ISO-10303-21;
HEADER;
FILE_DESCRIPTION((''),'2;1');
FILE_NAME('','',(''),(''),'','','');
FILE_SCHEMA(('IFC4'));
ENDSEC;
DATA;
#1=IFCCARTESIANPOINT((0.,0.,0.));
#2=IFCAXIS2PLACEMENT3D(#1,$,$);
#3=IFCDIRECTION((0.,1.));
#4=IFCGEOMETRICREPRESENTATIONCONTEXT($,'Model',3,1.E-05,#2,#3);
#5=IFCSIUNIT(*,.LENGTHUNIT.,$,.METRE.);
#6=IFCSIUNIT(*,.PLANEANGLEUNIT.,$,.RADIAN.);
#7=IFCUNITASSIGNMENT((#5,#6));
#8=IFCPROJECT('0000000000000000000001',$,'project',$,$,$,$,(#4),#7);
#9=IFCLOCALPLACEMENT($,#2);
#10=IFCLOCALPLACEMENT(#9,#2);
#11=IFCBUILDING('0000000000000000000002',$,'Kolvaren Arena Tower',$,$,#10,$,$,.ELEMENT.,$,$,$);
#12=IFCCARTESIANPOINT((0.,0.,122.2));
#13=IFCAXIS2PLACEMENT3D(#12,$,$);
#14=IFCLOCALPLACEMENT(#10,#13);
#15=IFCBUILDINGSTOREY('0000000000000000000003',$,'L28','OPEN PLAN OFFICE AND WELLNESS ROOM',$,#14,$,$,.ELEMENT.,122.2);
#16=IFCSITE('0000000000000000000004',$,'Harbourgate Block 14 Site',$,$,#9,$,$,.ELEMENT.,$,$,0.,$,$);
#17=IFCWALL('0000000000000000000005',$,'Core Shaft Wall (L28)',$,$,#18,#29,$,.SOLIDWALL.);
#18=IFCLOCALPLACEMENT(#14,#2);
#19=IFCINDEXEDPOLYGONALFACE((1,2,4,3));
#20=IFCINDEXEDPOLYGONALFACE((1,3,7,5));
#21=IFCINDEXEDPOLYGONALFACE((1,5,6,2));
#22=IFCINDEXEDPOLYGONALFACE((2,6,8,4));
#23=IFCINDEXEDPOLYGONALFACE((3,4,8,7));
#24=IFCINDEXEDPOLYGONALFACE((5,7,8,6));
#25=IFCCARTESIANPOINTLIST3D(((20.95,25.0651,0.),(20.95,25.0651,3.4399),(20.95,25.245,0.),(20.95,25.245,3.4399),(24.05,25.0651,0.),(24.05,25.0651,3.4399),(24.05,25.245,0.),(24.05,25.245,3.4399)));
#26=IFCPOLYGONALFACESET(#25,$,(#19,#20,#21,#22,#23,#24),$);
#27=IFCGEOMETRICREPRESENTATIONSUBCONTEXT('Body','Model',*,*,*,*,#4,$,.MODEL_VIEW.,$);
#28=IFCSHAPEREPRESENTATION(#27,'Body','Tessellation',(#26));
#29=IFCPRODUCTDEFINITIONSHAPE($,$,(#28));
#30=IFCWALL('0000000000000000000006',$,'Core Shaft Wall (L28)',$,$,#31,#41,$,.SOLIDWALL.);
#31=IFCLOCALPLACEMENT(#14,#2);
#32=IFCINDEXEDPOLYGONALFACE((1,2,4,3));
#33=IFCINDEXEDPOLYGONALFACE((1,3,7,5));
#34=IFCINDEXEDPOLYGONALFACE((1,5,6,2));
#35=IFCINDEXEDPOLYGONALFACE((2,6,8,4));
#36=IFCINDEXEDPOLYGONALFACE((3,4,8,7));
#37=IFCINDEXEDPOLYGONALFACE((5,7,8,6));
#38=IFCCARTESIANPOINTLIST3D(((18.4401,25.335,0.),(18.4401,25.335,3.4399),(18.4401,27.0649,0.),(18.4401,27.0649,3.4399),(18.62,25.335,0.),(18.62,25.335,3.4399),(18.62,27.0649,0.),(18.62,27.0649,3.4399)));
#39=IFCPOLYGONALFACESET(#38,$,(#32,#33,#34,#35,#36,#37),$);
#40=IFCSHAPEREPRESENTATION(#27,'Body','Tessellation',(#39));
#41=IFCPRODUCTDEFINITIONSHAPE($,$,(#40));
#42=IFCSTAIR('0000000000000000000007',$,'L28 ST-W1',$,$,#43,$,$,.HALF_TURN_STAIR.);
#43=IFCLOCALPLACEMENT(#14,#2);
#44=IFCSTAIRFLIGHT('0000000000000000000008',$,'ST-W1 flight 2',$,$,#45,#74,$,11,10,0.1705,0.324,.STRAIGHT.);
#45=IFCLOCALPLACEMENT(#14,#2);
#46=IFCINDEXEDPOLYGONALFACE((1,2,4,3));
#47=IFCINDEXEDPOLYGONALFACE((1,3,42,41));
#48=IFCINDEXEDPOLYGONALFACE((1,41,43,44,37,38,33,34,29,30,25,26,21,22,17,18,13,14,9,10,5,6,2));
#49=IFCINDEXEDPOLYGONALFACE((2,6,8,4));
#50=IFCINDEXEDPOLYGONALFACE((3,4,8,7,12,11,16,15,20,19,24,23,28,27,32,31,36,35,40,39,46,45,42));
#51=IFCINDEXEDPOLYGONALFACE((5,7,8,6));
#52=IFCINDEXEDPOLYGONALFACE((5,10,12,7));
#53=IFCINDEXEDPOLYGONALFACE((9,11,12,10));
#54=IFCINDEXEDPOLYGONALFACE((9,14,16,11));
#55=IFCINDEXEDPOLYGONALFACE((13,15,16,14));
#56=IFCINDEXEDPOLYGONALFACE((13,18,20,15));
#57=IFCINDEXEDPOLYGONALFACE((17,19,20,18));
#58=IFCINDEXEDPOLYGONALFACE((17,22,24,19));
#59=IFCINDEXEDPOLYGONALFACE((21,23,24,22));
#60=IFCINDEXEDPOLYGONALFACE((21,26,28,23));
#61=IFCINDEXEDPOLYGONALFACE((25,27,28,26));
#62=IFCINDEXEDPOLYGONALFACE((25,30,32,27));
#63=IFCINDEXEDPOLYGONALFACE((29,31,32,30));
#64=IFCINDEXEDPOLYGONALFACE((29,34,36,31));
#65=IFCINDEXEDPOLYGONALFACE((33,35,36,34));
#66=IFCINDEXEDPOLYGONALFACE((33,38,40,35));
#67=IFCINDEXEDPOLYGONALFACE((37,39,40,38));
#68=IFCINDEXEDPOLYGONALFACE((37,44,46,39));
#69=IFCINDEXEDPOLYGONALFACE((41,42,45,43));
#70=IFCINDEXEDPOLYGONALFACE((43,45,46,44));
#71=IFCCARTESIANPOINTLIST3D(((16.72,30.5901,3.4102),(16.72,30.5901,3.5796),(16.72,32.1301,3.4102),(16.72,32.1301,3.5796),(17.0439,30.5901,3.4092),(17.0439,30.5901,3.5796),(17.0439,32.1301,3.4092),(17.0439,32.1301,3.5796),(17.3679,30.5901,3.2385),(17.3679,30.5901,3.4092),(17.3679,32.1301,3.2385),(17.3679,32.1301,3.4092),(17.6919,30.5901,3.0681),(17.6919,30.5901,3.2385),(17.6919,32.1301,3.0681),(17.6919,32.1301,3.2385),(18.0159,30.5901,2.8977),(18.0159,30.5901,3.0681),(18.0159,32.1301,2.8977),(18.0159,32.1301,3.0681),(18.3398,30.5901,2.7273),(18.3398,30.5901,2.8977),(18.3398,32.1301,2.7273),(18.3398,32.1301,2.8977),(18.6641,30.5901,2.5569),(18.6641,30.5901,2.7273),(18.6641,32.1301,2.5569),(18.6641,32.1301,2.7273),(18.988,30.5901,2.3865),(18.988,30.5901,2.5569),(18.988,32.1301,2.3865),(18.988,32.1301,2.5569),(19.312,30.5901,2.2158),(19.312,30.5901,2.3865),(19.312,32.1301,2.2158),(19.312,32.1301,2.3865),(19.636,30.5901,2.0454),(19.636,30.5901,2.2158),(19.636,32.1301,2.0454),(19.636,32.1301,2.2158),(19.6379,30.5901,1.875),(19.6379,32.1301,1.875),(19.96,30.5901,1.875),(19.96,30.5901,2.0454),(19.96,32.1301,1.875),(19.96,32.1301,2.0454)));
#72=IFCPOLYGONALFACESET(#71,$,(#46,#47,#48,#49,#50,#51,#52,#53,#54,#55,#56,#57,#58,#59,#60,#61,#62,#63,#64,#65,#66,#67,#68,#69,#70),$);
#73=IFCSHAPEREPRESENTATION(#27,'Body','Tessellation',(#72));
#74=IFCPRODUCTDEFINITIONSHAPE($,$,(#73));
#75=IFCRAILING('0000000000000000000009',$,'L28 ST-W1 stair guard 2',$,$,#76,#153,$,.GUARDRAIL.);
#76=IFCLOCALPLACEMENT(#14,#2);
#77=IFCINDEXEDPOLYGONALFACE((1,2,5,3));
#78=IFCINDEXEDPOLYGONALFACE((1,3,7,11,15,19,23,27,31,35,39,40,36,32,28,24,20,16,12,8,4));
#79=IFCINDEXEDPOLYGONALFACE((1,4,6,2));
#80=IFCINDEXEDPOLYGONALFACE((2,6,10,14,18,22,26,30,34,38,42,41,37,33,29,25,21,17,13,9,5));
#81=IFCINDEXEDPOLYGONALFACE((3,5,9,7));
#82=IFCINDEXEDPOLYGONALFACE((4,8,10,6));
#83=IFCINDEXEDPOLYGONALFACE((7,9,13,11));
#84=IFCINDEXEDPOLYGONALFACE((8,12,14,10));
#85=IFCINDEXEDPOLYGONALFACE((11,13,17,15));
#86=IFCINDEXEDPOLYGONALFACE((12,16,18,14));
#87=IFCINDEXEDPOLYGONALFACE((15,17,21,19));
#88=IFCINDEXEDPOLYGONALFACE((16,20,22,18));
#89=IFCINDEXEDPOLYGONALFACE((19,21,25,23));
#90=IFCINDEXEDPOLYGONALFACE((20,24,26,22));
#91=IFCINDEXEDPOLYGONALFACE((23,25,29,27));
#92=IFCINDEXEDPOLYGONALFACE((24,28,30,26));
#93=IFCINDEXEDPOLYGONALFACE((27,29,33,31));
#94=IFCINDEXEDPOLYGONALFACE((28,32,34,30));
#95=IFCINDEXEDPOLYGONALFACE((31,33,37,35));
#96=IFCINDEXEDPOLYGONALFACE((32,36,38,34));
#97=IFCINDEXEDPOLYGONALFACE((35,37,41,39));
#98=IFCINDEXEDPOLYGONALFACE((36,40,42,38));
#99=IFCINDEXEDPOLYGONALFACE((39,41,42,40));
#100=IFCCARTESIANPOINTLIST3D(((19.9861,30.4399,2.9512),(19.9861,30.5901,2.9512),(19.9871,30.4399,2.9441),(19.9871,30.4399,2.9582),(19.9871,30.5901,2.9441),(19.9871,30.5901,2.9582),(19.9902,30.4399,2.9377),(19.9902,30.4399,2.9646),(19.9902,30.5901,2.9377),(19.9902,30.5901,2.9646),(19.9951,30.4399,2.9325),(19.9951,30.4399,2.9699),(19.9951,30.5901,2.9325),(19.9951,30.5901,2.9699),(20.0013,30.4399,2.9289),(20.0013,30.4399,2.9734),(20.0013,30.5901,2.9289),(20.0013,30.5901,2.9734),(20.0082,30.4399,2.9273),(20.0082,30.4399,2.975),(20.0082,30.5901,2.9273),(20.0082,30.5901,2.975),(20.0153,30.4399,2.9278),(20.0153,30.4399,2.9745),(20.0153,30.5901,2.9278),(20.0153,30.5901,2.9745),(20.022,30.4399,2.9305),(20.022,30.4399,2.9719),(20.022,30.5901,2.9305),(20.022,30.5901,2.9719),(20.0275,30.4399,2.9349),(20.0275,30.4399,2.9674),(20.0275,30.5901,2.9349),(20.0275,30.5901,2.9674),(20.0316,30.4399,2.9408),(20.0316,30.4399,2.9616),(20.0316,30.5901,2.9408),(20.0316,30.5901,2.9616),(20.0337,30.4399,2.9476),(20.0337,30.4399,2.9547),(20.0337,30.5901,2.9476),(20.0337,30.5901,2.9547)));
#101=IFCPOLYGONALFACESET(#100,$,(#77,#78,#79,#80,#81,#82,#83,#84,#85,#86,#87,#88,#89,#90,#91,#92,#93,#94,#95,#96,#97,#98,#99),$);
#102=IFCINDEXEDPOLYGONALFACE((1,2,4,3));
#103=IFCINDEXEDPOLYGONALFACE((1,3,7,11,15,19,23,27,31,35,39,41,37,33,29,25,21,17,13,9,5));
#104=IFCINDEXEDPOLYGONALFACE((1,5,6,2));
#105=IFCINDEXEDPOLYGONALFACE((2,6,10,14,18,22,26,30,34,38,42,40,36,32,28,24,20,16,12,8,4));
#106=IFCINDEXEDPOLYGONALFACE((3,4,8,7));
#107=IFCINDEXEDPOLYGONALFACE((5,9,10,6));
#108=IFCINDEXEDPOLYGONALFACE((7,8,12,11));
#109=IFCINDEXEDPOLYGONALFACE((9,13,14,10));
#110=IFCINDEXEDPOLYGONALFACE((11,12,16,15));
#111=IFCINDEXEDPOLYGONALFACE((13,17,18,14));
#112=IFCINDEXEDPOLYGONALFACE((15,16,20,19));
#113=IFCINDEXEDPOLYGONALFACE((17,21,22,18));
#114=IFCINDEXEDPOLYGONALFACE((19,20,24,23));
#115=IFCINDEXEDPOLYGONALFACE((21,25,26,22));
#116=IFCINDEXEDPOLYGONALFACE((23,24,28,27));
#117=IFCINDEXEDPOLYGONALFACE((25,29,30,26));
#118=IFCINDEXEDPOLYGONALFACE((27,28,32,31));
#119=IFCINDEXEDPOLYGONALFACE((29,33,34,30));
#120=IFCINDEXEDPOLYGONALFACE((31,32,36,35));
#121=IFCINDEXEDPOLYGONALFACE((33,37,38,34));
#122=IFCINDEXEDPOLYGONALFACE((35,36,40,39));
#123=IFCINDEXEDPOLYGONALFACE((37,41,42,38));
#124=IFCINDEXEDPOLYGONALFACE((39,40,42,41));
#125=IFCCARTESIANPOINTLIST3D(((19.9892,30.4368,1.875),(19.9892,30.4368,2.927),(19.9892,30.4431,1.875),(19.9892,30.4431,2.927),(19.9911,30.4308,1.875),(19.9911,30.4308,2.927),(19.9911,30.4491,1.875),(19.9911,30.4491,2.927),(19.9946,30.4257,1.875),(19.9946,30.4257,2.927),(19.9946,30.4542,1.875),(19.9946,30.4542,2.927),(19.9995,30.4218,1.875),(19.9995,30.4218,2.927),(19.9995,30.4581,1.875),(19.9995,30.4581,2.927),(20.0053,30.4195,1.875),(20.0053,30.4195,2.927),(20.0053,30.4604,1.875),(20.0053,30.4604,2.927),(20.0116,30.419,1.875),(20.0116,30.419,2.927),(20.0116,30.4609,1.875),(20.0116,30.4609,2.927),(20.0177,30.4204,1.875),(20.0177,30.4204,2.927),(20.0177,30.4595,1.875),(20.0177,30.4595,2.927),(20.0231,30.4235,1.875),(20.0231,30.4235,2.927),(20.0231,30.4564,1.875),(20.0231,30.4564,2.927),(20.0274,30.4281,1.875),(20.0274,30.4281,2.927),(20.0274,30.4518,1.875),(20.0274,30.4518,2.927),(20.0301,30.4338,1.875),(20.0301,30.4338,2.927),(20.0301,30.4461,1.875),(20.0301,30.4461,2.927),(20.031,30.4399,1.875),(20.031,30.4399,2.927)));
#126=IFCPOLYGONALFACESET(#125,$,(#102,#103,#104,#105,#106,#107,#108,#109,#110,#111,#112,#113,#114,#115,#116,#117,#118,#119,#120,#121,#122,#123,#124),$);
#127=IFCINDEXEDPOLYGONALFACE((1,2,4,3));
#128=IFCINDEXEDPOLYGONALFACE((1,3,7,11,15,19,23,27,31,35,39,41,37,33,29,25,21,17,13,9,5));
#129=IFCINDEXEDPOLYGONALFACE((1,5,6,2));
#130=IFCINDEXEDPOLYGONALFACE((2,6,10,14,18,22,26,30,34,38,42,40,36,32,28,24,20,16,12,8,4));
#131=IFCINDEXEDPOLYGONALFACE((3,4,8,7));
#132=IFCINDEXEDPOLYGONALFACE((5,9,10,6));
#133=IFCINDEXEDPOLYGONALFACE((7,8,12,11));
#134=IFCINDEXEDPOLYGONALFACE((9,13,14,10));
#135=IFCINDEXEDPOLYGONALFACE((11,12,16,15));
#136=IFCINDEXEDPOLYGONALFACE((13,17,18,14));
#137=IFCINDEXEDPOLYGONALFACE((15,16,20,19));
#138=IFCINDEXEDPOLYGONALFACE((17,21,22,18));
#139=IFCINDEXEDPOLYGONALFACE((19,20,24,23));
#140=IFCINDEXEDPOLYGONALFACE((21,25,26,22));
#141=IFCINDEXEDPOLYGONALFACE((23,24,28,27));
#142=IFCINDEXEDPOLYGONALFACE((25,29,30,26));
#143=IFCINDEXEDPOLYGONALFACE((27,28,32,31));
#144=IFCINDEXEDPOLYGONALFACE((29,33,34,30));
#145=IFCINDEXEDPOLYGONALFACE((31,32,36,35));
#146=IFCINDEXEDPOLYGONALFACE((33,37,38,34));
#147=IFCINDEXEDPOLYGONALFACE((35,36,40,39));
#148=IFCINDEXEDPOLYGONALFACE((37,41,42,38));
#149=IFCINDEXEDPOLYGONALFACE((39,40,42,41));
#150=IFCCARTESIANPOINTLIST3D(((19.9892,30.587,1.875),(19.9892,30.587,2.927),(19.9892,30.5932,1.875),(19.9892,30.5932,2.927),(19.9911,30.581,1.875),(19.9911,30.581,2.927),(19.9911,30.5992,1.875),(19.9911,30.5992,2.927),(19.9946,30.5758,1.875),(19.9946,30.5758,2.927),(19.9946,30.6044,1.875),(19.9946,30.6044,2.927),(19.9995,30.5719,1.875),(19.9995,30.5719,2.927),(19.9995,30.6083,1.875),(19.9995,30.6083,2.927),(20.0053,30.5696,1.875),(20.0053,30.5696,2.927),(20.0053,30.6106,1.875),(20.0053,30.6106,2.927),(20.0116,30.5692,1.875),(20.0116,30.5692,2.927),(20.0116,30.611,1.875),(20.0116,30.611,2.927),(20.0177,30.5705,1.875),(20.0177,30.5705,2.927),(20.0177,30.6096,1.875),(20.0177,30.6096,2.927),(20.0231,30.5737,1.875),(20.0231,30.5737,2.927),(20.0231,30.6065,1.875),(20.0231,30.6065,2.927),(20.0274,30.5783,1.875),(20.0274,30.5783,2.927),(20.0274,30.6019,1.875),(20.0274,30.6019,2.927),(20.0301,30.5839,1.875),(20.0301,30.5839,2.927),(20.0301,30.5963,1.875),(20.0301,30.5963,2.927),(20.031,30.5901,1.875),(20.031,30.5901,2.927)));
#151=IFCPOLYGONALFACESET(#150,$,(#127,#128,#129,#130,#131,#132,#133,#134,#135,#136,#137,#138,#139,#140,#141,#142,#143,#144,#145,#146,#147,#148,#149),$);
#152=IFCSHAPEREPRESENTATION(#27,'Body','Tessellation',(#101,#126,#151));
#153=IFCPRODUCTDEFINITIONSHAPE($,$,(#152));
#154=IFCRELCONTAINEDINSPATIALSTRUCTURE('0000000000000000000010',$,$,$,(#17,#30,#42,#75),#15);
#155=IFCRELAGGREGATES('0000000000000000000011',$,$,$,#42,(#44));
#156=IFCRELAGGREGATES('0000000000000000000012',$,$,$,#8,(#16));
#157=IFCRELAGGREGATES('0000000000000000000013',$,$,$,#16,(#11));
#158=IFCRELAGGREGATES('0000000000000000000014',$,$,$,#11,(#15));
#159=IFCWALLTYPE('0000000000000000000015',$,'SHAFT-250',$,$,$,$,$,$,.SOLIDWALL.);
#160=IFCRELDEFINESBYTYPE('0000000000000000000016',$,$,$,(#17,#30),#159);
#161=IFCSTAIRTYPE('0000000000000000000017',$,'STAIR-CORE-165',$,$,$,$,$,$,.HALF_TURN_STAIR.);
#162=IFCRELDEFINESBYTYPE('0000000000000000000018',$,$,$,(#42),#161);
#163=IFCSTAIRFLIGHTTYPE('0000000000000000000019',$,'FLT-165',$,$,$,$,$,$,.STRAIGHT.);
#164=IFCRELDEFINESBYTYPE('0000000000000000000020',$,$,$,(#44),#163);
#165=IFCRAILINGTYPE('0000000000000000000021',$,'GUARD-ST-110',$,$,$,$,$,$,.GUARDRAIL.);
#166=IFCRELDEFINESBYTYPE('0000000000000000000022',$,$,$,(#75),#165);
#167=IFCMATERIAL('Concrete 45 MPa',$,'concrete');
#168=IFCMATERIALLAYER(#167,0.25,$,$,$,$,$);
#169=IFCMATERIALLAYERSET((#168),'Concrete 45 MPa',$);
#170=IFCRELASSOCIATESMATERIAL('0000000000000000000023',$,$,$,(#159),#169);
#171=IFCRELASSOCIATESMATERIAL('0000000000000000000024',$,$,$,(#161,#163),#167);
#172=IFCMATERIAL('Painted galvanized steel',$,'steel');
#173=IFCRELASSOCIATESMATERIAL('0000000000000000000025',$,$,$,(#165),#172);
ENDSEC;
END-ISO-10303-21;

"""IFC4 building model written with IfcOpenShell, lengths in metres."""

from ifc_helpers import new_model, si_unit, direction, frame, frame_2d, origin, origin_2d, place, context, subcontext, project, spatial, polyline, rectangle, circle, outline, extrude, material, layer, layer_set, type_object, element, aggregate, save


model = new_model("IFC4")

# Units and contexts
model_context = context("Model", 3, precision=1e-05, world=origin(), true_north=direction((0.0, 1.0)))
body_context = subcontext(model_context, "Body", "Model", "MODEL_VIEW")
ifc_project = project(units=[si_unit("LENGTHUNIT", "METRE"), si_unit("PLANEANGLEUNIT", "RADIAN")], contexts=[model_context])

# Site, building, storey
site_placement = place(None, origin())
site = spatial("IfcSite", under=ifc_project, at=site_placement, Name="Harbourgate Block 14 Site", CompositionType="ELEMENT", RefElevation=0.0)
building_placement = place(site_placement, origin())
building = spatial("IfcBuilding", under=site, at=building_placement, Name="Kolvaren Arena Tower", CompositionType="ELEMENT")
storey_placement = place(building_placement, frame((0.0, 0.0, 122.2)))
storey = spatial("IfcBuildingStorey", under=building, at=storey_placement, Name="L28", Description="OPEN PLAN OFFICE AND WELLNESS ROOM", CompositionType="ELEMENT", Elevation=122.2)

# Shared definitions
ifc_material_1 = material(Name="Concrete 45 MPa", Category="concrete")
ifc_layer_1 = layer(ifc_material_1, 0.25)
ifc_layer_set_1 = layer_set([ifc_layer_1], Name="Concrete 45 MPa")
wall_type_1 = type_object("IfcWallType", Name="SHAFT-250", PredefinedType="SOLIDWALL", material=ifc_layer_set_1)

# Walls
wall_1_placement = place(storey_placement, frame((20.95, 25.155, 0.0), z_axis=(0.0, 0.0, 1.0), x_axis=(1.0, 0.0, 0.0)))
element("IfcWall", 1, at=wall_1_placement, inside=storey, type_object=wall_type_1, Name="Core Shaft Wall (L28)", PredefinedType="SOLIDWALL", context=body_context, shape_type="SweptSolid", body=[
    extrude(rectangle(XDim=3.1001, YDim=0.1799, at=frame_2d((1.55, 0.0))), origin(), (0.0, 0.0, 1.0), 3.4399),
])
wall_2_placement = place(storey_placement, frame((18.53, 25.335, 0.0), z_axis=(0.0, 0.0, 1.0), x_axis=(0.0, 1.0, 0.0)))
element("IfcWall", 2, at=wall_2_placement, inside=storey, type_object=wall_type_1, Name="Core Shaft Wall (L28)", PredefinedType="SOLIDWALL", context=body_context, shape_type="SweptSolid", body=[
    extrude(rectangle(XDim=1.73, YDim=0.1799, at=frame_2d((0.865, 0.0))), origin(), (0.0, 0.0, 1.0), 3.4399),
])

# Stair, stair flight
stair_type = type_object("IfcStairType", Name="STAIR-CORE-165", PredefinedType="HALF_TURN_STAIR", material=ifc_material_1)
stair_placement = place(storey_placement, origin())
stair = element("IfcStair", 3, at=stair_placement, inside=storey, type_object=stair_type, Name="L28 ST-W1", PredefinedType="HALF_TURN_STAIR")
stair_flight_type = type_object("IfcStairFlightType", Name="FLT-165", PredefinedType="STRAIGHT", material=ifc_material_1)
stair_flight_placement = place(storey_placement, frame((19.96, 31.3601, 1.875), z_axis=(0.0, 0.0, 1.0), x_axis=(-1.0, 0.0, 0.0)))
stair_flight = element("IfcStairFlight", 4, at=stair_flight_placement, type_object=stair_flight_type, Name="ST-W1 flight 2", NumberOfRisers=11, NumberOfTreads=10, PredefinedType="STRAIGHT", RiserHeight=0.1705, TreadLength=0.324, context=body_context, shape_type="SweptSolid", body=[
    extrude(outline(polyline([(0.0, 0.0), (0.0, 0.1704), (0.324, 0.1704), (0.324, 0.3408), (0.6479, 0.3408), (0.6479, 0.5115), (0.9719, 0.5115), (0.9719, 0.6819), (1.2959, 0.6819), (1.2959, 0.8523), (1.6201, 0.8523), (1.6201, 1.0227), (1.9441, 1.0227), (1.9441, 1.1931), (2.2681, 1.1931), (2.2681, 1.3635), (2.592, 1.3635), (2.592, 1.5342), (2.916, 1.5342), (2.916, 1.7046), (3.24, 1.7046), (3.24, 1.875), (3.24, 1.5352), (0.322, 0.0), (0.0, 0.0)])), frame((0.0, 0.77, 0.0), z_axis=(0.0, -1.0, 0.0), x_axis=(1.0, 0.0, 0.0)), (0.0, 0.0, 1.0), 1.54),
])
aggregate(stair, [stair_flight])

# Railing
ifc_material_2 = material(Name="Painted galvanized steel", Category="steel")
railing_type_1 = type_object("IfcRailingType", Name="GUARD-ST-110", PredefinedType="GUARDRAIL", material=ifc_material_2)
railing_1_placement = place(storey_placement, frame((20.01, 30.4399, 1.875)))
element("IfcRailing", 5, at=railing_1_placement, inside=storey, type_object=railing_type_1, Name="L28 ST-W1 stair guard 2", PredefinedType="GUARDRAIL", context=body_context, shape_type="SweptSolid", body=[
    extrude(circle(Radius=0.0239, at=origin_2d()), frame((0.0, 0.0, 1.0762), z_axis=(0.0, 1.0, 0.0), x_axis=(-1.0, 0.0, 0.0)), (0.0, 0.0, 1.0), 0.1501),
    extrude(circle(Radius=0.021, at=origin_2d()), origin(), (0.0, 0.0, 1.0), 1.052),
    extrude(circle(Radius=0.021, at=origin_2d()), frame((0.0, 0.1501, 0.0)), (0.0, 0.0, 1.0), 1.052),
])

save(model, "model.ifc")
